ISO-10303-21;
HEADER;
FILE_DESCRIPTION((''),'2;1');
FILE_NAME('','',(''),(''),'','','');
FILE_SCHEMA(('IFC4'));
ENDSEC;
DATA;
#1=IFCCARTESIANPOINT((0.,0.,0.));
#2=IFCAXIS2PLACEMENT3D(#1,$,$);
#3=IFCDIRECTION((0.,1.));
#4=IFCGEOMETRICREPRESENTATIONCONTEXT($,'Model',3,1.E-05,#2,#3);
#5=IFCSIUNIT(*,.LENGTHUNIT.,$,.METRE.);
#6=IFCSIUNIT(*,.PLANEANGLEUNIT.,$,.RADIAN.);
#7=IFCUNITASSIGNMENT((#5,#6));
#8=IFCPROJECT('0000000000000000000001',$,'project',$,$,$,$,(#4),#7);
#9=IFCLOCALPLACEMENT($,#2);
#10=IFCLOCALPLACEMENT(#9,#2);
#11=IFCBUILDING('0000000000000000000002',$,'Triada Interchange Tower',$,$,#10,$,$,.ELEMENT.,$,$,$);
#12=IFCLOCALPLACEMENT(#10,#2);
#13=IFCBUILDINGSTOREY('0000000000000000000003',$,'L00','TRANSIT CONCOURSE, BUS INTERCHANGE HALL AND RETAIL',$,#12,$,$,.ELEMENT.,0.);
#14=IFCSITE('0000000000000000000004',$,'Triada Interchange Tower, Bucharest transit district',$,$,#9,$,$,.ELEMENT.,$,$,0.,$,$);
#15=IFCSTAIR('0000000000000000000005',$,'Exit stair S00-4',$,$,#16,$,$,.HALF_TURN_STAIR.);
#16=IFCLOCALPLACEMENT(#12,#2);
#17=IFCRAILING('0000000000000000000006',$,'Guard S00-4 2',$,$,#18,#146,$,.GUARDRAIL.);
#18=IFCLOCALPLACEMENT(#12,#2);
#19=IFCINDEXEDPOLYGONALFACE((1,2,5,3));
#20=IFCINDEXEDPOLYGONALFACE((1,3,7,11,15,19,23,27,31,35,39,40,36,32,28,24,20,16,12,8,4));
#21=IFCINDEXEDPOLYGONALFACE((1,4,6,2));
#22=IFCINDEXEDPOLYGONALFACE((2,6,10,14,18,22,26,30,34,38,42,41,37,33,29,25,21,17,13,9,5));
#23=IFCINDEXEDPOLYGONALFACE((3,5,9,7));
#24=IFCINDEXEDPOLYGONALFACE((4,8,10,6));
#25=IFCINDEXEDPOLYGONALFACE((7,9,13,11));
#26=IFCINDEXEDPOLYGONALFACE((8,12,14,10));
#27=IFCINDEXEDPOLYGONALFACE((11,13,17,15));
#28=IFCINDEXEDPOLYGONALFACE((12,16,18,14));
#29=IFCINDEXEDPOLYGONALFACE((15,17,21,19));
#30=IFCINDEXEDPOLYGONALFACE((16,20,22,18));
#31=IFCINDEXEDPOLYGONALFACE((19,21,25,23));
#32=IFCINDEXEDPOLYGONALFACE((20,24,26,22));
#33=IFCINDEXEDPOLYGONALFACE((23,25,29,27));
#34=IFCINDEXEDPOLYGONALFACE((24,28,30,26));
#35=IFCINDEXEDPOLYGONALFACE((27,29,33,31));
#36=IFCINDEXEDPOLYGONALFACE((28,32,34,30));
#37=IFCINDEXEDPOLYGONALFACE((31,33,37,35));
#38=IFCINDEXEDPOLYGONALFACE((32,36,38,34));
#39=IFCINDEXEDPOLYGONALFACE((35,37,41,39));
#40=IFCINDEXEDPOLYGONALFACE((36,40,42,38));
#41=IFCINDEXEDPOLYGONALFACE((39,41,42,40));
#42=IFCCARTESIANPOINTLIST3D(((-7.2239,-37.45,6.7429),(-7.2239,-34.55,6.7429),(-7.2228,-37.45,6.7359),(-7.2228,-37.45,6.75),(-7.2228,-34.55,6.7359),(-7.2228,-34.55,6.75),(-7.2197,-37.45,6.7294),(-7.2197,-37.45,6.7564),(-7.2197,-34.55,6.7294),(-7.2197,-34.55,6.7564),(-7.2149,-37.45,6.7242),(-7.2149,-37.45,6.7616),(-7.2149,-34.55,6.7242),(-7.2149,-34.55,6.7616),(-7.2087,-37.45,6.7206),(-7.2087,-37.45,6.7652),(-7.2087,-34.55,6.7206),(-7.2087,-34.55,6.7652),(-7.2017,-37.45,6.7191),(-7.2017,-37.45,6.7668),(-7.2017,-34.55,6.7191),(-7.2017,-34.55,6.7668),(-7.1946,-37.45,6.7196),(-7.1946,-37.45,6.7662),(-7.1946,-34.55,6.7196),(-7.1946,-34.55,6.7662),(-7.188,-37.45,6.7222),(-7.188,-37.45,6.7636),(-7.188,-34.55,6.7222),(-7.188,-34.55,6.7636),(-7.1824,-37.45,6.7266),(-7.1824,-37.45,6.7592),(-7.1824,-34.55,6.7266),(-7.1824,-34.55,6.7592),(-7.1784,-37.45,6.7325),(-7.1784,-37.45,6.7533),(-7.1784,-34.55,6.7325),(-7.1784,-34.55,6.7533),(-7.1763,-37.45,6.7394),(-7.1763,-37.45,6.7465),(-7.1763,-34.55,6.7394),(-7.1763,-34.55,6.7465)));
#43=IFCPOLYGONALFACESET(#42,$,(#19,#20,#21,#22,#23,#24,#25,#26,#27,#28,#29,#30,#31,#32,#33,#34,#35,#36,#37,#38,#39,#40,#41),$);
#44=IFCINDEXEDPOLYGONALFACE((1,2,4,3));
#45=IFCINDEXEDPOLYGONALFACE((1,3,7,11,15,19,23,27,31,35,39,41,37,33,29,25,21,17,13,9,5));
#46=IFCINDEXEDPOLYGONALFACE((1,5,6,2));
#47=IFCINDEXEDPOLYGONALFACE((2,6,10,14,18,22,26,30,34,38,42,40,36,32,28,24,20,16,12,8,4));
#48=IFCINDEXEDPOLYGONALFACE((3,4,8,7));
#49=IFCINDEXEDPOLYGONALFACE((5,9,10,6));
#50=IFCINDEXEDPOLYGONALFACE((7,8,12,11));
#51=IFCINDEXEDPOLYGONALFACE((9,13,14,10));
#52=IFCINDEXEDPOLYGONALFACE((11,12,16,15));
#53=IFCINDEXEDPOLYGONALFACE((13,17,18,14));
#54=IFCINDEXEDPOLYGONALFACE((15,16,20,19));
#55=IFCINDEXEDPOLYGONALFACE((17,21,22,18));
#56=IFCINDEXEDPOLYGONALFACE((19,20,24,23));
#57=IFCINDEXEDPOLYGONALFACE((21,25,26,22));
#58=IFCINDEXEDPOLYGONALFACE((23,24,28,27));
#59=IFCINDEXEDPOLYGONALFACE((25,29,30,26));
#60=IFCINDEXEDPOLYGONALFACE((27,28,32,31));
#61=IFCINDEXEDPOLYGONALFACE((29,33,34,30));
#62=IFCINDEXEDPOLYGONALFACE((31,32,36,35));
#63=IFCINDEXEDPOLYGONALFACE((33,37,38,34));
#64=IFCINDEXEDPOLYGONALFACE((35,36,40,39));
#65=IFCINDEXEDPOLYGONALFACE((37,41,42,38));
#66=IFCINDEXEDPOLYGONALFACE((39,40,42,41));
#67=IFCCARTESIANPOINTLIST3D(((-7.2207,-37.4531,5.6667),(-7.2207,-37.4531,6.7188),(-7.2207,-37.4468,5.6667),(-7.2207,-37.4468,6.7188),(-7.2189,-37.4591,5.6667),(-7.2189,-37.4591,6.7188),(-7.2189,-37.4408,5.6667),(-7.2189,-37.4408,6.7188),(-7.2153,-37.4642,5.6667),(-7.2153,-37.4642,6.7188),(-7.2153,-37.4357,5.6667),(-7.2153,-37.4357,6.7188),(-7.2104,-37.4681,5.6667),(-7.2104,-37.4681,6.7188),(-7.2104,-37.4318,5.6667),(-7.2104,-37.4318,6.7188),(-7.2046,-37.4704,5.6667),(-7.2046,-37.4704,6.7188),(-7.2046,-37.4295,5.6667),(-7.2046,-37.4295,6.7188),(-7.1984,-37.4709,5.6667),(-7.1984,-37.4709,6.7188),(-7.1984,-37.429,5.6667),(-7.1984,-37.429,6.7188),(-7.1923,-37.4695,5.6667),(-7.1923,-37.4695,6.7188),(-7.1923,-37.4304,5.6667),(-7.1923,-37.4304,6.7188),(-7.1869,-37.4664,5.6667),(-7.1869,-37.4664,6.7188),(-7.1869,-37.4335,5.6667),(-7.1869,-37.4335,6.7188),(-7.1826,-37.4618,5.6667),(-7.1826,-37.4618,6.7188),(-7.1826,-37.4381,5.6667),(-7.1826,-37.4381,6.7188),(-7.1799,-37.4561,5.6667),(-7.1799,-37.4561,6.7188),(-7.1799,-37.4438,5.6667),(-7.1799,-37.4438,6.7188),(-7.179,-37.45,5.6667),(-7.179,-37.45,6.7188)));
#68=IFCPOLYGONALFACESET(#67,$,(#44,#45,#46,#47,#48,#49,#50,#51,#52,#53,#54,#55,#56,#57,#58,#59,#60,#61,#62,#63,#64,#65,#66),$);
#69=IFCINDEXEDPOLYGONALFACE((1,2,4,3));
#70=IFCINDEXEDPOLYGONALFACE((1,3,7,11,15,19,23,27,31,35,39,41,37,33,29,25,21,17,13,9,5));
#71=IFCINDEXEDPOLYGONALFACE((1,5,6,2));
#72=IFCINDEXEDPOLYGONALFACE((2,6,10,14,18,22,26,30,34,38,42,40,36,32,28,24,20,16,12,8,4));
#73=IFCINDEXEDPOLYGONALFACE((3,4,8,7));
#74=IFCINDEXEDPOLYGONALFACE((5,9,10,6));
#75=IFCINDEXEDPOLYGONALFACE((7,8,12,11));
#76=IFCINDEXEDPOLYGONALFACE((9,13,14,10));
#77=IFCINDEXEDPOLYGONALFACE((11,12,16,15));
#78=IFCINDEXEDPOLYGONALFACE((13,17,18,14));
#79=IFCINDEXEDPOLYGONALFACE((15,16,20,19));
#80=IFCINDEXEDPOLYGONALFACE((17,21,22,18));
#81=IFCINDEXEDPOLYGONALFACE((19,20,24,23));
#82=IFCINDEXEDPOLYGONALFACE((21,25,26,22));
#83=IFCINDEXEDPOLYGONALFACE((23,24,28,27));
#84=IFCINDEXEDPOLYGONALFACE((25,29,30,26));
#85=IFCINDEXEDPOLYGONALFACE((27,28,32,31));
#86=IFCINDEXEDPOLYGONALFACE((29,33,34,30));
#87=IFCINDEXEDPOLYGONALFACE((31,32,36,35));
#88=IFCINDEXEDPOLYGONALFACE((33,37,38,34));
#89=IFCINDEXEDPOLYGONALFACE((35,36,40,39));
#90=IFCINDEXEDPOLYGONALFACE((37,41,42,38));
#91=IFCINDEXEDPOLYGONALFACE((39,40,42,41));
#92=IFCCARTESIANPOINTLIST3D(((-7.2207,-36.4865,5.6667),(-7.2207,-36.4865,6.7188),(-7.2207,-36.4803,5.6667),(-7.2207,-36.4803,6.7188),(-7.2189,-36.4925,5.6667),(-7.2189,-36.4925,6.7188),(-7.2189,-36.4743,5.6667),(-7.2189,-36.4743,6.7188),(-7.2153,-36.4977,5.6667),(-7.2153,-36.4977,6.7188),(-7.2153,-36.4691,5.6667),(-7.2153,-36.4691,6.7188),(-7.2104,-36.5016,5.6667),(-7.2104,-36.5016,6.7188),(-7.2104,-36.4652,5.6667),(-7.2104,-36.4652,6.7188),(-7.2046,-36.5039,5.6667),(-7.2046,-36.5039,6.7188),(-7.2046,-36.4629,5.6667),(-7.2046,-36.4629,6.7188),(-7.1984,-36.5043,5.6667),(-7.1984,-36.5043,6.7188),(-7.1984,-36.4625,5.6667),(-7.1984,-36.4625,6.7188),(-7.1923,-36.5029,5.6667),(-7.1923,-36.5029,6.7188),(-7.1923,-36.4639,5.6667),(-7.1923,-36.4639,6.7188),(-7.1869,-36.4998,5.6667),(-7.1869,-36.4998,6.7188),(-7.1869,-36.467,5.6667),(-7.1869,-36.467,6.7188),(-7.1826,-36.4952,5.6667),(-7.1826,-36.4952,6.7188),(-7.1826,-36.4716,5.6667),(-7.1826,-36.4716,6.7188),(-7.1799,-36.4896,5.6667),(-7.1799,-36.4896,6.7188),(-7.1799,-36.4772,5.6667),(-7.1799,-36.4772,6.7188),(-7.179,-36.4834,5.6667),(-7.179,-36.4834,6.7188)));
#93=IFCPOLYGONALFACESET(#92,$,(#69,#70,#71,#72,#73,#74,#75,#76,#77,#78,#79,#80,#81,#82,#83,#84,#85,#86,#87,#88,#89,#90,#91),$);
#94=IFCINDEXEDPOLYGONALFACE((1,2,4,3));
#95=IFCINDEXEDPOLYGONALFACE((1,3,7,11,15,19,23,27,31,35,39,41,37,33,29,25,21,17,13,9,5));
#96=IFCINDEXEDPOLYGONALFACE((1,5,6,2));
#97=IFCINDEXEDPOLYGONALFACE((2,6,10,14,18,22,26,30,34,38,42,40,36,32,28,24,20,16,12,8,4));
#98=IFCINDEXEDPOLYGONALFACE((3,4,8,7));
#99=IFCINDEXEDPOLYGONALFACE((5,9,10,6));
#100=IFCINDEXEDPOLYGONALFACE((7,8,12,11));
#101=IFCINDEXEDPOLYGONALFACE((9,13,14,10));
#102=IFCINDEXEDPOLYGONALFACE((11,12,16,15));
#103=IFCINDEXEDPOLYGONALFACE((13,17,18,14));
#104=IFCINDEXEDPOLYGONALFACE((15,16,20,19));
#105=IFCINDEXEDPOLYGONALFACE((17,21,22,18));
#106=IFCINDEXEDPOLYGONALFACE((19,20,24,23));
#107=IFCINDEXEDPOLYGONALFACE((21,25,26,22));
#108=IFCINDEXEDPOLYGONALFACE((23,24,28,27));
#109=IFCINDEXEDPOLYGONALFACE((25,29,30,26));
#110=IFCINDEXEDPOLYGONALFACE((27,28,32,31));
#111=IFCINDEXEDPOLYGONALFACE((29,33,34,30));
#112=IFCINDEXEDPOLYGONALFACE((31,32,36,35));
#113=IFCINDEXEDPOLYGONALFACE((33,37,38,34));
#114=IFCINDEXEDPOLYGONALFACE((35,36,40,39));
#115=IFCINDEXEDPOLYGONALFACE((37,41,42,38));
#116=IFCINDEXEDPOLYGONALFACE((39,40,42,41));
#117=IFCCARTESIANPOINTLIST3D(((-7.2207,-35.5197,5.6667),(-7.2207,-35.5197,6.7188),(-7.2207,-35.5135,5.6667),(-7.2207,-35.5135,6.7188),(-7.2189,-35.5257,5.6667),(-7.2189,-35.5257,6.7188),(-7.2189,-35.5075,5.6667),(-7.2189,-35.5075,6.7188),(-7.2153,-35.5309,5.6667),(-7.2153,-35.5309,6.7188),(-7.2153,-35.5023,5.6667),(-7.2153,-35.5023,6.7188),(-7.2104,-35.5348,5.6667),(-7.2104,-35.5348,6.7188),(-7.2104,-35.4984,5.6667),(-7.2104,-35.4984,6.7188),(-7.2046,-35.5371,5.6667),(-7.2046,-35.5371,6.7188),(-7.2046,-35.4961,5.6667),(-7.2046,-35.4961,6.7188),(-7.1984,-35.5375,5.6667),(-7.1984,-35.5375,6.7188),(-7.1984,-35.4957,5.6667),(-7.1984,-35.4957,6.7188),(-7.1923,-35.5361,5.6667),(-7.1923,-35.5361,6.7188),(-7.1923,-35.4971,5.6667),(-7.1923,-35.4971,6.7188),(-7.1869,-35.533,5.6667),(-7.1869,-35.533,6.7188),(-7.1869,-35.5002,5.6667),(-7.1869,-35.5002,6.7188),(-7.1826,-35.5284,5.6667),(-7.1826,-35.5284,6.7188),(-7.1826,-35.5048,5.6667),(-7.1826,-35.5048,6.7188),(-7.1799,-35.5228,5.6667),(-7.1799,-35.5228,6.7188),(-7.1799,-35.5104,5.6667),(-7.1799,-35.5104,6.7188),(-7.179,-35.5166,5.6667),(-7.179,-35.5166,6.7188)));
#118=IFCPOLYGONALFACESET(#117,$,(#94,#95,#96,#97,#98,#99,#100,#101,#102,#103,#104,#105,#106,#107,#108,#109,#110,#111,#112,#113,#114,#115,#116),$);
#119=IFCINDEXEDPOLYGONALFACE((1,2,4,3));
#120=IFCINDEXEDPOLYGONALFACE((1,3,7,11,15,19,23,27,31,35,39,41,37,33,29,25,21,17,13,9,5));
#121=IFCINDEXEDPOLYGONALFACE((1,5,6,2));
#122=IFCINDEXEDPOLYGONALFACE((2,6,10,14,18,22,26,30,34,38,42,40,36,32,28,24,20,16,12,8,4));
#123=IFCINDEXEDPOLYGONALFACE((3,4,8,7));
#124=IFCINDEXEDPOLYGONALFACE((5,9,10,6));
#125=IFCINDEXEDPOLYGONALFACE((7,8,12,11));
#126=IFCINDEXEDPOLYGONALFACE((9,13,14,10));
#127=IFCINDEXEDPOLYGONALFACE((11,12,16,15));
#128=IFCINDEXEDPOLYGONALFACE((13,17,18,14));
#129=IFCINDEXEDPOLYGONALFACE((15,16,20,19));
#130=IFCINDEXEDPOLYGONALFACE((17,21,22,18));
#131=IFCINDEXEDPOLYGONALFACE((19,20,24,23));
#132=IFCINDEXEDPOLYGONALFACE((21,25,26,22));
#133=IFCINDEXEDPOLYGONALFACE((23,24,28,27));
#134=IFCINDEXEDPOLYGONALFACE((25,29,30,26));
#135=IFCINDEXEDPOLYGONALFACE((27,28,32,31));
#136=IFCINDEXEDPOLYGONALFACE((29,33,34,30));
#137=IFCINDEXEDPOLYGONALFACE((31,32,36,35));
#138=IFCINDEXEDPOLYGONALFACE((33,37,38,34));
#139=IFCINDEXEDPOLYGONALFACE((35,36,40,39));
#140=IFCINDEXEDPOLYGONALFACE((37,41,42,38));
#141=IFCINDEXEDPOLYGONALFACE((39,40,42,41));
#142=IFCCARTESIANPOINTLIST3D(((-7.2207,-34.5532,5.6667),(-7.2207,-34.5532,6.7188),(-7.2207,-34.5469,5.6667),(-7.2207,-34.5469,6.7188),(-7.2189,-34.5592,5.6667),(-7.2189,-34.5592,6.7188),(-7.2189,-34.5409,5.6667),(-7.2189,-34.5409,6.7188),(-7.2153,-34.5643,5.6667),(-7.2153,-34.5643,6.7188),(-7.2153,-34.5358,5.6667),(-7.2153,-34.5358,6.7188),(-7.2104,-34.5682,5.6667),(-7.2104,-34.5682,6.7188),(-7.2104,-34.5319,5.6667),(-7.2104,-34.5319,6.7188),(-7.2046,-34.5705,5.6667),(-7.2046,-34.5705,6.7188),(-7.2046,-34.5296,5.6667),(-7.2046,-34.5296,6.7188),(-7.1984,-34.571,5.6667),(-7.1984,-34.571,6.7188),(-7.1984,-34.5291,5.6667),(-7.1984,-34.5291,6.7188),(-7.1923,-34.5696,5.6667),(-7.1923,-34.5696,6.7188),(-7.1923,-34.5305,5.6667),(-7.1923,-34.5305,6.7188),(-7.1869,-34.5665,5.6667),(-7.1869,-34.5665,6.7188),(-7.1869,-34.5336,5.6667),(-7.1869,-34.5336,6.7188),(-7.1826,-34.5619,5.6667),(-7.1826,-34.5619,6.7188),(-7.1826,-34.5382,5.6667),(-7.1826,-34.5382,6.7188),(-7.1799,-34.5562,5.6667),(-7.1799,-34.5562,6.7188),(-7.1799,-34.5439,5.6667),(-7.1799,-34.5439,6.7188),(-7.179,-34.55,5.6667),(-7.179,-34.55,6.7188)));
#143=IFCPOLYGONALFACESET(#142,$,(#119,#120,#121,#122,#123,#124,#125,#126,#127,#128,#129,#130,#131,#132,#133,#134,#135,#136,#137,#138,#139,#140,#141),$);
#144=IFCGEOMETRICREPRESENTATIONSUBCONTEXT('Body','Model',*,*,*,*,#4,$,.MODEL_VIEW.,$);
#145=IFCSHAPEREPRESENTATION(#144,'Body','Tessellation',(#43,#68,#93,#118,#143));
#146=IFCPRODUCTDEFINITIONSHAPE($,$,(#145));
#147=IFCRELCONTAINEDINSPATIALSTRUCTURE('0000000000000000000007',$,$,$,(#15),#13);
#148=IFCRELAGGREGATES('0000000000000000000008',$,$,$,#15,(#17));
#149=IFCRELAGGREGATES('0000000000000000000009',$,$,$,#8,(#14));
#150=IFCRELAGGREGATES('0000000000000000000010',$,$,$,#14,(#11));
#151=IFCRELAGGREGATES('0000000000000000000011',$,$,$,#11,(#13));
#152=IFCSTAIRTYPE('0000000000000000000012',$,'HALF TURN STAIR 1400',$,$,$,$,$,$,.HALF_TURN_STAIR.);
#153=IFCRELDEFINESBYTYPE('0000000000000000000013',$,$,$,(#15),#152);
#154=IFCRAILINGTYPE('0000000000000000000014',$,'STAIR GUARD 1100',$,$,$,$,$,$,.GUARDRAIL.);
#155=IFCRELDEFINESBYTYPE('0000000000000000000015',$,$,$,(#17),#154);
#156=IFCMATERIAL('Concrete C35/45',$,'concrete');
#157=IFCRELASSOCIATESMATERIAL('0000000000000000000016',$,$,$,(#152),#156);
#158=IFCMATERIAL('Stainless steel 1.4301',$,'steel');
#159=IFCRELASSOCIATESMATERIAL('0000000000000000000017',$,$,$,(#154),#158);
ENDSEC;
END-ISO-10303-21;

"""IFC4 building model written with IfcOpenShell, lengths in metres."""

from ifc_helpers import new_model, si_unit, direction, frame, origin, origin_2d, place, context, subcontext, project, spatial, circle, extrude, material, type_object, element, aggregate, save


model = new_model("IFC4")

# Units and contexts
model_context = context("Model", 3, precision=1e-05, world=origin(), true_north=direction((0.0, 1.0)))
body_context = subcontext(model_context, "Body", "Model", "MODEL_VIEW")
ifc_project = project(units=[si_unit("LENGTHUNIT", "METRE"), si_unit("PLANEANGLEUNIT", "RADIAN")], contexts=[model_context])

# Site, building, storey
site_placement = place(None, origin())
site = spatial("IfcSite", under=ifc_project, at=site_placement, Name="Triada Interchange Tower, Bucharest transit district", CompositionType="ELEMENT", RefElevation=0.0)
building_placement = place(site_placement, origin())
building = spatial("IfcBuilding", under=site, at=building_placement, Name="Triada Interchange Tower", CompositionType="ELEMENT")
storey_placement = place(building_placement, origin())
storey = spatial("IfcBuildingStorey", under=building, at=storey_placement, Name="L00", Description="TRANSIT CONCOURSE, BUS INTERCHANGE HALL AND RETAIL", CompositionType="ELEMENT", Elevation=0.0)

# Shared definitions
ifc_material_1 = material(Name="Concrete C35/45", Category="concrete")

# Stair
stair_type = type_object("IfcStairType", Name="HALF TURN STAIR 1400", PredefinedType="HALF_TURN_STAIR", material=ifc_material_1)
stair_1_placement = place(storey_placement, origin())
stair_1 = element("IfcStair", 1, at=stair_1_placement, inside=storey, type_object=stair_type, Name="Exit stair S00-4", PredefinedType="HALF_TURN_STAIR")

# Railing
ifc_material_2 = material(Name="Stainless steel 1.4301", Category="steel")
railing_type_1 = type_object("IfcRailingType", Name="STAIR GUARD 1100", PredefinedType="GUARDRAIL", material=ifc_material_2)
railing_1_placement = place(storey_placement, frame((-7.2, -37.45, 5.6667)))
railing_1 = element("IfcRailing", 2, at=railing_1_placement, type_object=railing_type_1, Name="Guard S00-4 2", PredefinedType="GUARDRAIL", context=body_context, shape_type="SweptSolid", body=[
    extrude(circle(Radius=0.0239, at=origin_2d()), frame((0.0, 0.0, 1.0762), z_axis=(0.0, 1.0, 0.0), x_axis=(-1.0, 0.0, 0.0)), (0.0, 0.0, 1.0), 2.8999),
    extrude(circle(Radius=0.021, at=origin_2d()), origin(), (0.0, 0.0, 1.0), 1.052),
    extrude(circle(Radius=0.021, at=origin_2d()), frame((0.0, 0.9666, 0.0)), (0.0, 0.0, 1.0), 1.052),
    extrude(circle(Radius=0.021, at=origin_2d()), frame((0.0, 1.9333, 0.0)), (0.0, 0.0, 1.0), 1.052),
    extrude(circle(Radius=0.021, at=origin_2d()), frame((0.0, 2.8999, 0.0)), (0.0, 0.0, 1.0), 1.052),
])
aggregate(stair_1, [railing_1])

save(model, "model.ifc")
